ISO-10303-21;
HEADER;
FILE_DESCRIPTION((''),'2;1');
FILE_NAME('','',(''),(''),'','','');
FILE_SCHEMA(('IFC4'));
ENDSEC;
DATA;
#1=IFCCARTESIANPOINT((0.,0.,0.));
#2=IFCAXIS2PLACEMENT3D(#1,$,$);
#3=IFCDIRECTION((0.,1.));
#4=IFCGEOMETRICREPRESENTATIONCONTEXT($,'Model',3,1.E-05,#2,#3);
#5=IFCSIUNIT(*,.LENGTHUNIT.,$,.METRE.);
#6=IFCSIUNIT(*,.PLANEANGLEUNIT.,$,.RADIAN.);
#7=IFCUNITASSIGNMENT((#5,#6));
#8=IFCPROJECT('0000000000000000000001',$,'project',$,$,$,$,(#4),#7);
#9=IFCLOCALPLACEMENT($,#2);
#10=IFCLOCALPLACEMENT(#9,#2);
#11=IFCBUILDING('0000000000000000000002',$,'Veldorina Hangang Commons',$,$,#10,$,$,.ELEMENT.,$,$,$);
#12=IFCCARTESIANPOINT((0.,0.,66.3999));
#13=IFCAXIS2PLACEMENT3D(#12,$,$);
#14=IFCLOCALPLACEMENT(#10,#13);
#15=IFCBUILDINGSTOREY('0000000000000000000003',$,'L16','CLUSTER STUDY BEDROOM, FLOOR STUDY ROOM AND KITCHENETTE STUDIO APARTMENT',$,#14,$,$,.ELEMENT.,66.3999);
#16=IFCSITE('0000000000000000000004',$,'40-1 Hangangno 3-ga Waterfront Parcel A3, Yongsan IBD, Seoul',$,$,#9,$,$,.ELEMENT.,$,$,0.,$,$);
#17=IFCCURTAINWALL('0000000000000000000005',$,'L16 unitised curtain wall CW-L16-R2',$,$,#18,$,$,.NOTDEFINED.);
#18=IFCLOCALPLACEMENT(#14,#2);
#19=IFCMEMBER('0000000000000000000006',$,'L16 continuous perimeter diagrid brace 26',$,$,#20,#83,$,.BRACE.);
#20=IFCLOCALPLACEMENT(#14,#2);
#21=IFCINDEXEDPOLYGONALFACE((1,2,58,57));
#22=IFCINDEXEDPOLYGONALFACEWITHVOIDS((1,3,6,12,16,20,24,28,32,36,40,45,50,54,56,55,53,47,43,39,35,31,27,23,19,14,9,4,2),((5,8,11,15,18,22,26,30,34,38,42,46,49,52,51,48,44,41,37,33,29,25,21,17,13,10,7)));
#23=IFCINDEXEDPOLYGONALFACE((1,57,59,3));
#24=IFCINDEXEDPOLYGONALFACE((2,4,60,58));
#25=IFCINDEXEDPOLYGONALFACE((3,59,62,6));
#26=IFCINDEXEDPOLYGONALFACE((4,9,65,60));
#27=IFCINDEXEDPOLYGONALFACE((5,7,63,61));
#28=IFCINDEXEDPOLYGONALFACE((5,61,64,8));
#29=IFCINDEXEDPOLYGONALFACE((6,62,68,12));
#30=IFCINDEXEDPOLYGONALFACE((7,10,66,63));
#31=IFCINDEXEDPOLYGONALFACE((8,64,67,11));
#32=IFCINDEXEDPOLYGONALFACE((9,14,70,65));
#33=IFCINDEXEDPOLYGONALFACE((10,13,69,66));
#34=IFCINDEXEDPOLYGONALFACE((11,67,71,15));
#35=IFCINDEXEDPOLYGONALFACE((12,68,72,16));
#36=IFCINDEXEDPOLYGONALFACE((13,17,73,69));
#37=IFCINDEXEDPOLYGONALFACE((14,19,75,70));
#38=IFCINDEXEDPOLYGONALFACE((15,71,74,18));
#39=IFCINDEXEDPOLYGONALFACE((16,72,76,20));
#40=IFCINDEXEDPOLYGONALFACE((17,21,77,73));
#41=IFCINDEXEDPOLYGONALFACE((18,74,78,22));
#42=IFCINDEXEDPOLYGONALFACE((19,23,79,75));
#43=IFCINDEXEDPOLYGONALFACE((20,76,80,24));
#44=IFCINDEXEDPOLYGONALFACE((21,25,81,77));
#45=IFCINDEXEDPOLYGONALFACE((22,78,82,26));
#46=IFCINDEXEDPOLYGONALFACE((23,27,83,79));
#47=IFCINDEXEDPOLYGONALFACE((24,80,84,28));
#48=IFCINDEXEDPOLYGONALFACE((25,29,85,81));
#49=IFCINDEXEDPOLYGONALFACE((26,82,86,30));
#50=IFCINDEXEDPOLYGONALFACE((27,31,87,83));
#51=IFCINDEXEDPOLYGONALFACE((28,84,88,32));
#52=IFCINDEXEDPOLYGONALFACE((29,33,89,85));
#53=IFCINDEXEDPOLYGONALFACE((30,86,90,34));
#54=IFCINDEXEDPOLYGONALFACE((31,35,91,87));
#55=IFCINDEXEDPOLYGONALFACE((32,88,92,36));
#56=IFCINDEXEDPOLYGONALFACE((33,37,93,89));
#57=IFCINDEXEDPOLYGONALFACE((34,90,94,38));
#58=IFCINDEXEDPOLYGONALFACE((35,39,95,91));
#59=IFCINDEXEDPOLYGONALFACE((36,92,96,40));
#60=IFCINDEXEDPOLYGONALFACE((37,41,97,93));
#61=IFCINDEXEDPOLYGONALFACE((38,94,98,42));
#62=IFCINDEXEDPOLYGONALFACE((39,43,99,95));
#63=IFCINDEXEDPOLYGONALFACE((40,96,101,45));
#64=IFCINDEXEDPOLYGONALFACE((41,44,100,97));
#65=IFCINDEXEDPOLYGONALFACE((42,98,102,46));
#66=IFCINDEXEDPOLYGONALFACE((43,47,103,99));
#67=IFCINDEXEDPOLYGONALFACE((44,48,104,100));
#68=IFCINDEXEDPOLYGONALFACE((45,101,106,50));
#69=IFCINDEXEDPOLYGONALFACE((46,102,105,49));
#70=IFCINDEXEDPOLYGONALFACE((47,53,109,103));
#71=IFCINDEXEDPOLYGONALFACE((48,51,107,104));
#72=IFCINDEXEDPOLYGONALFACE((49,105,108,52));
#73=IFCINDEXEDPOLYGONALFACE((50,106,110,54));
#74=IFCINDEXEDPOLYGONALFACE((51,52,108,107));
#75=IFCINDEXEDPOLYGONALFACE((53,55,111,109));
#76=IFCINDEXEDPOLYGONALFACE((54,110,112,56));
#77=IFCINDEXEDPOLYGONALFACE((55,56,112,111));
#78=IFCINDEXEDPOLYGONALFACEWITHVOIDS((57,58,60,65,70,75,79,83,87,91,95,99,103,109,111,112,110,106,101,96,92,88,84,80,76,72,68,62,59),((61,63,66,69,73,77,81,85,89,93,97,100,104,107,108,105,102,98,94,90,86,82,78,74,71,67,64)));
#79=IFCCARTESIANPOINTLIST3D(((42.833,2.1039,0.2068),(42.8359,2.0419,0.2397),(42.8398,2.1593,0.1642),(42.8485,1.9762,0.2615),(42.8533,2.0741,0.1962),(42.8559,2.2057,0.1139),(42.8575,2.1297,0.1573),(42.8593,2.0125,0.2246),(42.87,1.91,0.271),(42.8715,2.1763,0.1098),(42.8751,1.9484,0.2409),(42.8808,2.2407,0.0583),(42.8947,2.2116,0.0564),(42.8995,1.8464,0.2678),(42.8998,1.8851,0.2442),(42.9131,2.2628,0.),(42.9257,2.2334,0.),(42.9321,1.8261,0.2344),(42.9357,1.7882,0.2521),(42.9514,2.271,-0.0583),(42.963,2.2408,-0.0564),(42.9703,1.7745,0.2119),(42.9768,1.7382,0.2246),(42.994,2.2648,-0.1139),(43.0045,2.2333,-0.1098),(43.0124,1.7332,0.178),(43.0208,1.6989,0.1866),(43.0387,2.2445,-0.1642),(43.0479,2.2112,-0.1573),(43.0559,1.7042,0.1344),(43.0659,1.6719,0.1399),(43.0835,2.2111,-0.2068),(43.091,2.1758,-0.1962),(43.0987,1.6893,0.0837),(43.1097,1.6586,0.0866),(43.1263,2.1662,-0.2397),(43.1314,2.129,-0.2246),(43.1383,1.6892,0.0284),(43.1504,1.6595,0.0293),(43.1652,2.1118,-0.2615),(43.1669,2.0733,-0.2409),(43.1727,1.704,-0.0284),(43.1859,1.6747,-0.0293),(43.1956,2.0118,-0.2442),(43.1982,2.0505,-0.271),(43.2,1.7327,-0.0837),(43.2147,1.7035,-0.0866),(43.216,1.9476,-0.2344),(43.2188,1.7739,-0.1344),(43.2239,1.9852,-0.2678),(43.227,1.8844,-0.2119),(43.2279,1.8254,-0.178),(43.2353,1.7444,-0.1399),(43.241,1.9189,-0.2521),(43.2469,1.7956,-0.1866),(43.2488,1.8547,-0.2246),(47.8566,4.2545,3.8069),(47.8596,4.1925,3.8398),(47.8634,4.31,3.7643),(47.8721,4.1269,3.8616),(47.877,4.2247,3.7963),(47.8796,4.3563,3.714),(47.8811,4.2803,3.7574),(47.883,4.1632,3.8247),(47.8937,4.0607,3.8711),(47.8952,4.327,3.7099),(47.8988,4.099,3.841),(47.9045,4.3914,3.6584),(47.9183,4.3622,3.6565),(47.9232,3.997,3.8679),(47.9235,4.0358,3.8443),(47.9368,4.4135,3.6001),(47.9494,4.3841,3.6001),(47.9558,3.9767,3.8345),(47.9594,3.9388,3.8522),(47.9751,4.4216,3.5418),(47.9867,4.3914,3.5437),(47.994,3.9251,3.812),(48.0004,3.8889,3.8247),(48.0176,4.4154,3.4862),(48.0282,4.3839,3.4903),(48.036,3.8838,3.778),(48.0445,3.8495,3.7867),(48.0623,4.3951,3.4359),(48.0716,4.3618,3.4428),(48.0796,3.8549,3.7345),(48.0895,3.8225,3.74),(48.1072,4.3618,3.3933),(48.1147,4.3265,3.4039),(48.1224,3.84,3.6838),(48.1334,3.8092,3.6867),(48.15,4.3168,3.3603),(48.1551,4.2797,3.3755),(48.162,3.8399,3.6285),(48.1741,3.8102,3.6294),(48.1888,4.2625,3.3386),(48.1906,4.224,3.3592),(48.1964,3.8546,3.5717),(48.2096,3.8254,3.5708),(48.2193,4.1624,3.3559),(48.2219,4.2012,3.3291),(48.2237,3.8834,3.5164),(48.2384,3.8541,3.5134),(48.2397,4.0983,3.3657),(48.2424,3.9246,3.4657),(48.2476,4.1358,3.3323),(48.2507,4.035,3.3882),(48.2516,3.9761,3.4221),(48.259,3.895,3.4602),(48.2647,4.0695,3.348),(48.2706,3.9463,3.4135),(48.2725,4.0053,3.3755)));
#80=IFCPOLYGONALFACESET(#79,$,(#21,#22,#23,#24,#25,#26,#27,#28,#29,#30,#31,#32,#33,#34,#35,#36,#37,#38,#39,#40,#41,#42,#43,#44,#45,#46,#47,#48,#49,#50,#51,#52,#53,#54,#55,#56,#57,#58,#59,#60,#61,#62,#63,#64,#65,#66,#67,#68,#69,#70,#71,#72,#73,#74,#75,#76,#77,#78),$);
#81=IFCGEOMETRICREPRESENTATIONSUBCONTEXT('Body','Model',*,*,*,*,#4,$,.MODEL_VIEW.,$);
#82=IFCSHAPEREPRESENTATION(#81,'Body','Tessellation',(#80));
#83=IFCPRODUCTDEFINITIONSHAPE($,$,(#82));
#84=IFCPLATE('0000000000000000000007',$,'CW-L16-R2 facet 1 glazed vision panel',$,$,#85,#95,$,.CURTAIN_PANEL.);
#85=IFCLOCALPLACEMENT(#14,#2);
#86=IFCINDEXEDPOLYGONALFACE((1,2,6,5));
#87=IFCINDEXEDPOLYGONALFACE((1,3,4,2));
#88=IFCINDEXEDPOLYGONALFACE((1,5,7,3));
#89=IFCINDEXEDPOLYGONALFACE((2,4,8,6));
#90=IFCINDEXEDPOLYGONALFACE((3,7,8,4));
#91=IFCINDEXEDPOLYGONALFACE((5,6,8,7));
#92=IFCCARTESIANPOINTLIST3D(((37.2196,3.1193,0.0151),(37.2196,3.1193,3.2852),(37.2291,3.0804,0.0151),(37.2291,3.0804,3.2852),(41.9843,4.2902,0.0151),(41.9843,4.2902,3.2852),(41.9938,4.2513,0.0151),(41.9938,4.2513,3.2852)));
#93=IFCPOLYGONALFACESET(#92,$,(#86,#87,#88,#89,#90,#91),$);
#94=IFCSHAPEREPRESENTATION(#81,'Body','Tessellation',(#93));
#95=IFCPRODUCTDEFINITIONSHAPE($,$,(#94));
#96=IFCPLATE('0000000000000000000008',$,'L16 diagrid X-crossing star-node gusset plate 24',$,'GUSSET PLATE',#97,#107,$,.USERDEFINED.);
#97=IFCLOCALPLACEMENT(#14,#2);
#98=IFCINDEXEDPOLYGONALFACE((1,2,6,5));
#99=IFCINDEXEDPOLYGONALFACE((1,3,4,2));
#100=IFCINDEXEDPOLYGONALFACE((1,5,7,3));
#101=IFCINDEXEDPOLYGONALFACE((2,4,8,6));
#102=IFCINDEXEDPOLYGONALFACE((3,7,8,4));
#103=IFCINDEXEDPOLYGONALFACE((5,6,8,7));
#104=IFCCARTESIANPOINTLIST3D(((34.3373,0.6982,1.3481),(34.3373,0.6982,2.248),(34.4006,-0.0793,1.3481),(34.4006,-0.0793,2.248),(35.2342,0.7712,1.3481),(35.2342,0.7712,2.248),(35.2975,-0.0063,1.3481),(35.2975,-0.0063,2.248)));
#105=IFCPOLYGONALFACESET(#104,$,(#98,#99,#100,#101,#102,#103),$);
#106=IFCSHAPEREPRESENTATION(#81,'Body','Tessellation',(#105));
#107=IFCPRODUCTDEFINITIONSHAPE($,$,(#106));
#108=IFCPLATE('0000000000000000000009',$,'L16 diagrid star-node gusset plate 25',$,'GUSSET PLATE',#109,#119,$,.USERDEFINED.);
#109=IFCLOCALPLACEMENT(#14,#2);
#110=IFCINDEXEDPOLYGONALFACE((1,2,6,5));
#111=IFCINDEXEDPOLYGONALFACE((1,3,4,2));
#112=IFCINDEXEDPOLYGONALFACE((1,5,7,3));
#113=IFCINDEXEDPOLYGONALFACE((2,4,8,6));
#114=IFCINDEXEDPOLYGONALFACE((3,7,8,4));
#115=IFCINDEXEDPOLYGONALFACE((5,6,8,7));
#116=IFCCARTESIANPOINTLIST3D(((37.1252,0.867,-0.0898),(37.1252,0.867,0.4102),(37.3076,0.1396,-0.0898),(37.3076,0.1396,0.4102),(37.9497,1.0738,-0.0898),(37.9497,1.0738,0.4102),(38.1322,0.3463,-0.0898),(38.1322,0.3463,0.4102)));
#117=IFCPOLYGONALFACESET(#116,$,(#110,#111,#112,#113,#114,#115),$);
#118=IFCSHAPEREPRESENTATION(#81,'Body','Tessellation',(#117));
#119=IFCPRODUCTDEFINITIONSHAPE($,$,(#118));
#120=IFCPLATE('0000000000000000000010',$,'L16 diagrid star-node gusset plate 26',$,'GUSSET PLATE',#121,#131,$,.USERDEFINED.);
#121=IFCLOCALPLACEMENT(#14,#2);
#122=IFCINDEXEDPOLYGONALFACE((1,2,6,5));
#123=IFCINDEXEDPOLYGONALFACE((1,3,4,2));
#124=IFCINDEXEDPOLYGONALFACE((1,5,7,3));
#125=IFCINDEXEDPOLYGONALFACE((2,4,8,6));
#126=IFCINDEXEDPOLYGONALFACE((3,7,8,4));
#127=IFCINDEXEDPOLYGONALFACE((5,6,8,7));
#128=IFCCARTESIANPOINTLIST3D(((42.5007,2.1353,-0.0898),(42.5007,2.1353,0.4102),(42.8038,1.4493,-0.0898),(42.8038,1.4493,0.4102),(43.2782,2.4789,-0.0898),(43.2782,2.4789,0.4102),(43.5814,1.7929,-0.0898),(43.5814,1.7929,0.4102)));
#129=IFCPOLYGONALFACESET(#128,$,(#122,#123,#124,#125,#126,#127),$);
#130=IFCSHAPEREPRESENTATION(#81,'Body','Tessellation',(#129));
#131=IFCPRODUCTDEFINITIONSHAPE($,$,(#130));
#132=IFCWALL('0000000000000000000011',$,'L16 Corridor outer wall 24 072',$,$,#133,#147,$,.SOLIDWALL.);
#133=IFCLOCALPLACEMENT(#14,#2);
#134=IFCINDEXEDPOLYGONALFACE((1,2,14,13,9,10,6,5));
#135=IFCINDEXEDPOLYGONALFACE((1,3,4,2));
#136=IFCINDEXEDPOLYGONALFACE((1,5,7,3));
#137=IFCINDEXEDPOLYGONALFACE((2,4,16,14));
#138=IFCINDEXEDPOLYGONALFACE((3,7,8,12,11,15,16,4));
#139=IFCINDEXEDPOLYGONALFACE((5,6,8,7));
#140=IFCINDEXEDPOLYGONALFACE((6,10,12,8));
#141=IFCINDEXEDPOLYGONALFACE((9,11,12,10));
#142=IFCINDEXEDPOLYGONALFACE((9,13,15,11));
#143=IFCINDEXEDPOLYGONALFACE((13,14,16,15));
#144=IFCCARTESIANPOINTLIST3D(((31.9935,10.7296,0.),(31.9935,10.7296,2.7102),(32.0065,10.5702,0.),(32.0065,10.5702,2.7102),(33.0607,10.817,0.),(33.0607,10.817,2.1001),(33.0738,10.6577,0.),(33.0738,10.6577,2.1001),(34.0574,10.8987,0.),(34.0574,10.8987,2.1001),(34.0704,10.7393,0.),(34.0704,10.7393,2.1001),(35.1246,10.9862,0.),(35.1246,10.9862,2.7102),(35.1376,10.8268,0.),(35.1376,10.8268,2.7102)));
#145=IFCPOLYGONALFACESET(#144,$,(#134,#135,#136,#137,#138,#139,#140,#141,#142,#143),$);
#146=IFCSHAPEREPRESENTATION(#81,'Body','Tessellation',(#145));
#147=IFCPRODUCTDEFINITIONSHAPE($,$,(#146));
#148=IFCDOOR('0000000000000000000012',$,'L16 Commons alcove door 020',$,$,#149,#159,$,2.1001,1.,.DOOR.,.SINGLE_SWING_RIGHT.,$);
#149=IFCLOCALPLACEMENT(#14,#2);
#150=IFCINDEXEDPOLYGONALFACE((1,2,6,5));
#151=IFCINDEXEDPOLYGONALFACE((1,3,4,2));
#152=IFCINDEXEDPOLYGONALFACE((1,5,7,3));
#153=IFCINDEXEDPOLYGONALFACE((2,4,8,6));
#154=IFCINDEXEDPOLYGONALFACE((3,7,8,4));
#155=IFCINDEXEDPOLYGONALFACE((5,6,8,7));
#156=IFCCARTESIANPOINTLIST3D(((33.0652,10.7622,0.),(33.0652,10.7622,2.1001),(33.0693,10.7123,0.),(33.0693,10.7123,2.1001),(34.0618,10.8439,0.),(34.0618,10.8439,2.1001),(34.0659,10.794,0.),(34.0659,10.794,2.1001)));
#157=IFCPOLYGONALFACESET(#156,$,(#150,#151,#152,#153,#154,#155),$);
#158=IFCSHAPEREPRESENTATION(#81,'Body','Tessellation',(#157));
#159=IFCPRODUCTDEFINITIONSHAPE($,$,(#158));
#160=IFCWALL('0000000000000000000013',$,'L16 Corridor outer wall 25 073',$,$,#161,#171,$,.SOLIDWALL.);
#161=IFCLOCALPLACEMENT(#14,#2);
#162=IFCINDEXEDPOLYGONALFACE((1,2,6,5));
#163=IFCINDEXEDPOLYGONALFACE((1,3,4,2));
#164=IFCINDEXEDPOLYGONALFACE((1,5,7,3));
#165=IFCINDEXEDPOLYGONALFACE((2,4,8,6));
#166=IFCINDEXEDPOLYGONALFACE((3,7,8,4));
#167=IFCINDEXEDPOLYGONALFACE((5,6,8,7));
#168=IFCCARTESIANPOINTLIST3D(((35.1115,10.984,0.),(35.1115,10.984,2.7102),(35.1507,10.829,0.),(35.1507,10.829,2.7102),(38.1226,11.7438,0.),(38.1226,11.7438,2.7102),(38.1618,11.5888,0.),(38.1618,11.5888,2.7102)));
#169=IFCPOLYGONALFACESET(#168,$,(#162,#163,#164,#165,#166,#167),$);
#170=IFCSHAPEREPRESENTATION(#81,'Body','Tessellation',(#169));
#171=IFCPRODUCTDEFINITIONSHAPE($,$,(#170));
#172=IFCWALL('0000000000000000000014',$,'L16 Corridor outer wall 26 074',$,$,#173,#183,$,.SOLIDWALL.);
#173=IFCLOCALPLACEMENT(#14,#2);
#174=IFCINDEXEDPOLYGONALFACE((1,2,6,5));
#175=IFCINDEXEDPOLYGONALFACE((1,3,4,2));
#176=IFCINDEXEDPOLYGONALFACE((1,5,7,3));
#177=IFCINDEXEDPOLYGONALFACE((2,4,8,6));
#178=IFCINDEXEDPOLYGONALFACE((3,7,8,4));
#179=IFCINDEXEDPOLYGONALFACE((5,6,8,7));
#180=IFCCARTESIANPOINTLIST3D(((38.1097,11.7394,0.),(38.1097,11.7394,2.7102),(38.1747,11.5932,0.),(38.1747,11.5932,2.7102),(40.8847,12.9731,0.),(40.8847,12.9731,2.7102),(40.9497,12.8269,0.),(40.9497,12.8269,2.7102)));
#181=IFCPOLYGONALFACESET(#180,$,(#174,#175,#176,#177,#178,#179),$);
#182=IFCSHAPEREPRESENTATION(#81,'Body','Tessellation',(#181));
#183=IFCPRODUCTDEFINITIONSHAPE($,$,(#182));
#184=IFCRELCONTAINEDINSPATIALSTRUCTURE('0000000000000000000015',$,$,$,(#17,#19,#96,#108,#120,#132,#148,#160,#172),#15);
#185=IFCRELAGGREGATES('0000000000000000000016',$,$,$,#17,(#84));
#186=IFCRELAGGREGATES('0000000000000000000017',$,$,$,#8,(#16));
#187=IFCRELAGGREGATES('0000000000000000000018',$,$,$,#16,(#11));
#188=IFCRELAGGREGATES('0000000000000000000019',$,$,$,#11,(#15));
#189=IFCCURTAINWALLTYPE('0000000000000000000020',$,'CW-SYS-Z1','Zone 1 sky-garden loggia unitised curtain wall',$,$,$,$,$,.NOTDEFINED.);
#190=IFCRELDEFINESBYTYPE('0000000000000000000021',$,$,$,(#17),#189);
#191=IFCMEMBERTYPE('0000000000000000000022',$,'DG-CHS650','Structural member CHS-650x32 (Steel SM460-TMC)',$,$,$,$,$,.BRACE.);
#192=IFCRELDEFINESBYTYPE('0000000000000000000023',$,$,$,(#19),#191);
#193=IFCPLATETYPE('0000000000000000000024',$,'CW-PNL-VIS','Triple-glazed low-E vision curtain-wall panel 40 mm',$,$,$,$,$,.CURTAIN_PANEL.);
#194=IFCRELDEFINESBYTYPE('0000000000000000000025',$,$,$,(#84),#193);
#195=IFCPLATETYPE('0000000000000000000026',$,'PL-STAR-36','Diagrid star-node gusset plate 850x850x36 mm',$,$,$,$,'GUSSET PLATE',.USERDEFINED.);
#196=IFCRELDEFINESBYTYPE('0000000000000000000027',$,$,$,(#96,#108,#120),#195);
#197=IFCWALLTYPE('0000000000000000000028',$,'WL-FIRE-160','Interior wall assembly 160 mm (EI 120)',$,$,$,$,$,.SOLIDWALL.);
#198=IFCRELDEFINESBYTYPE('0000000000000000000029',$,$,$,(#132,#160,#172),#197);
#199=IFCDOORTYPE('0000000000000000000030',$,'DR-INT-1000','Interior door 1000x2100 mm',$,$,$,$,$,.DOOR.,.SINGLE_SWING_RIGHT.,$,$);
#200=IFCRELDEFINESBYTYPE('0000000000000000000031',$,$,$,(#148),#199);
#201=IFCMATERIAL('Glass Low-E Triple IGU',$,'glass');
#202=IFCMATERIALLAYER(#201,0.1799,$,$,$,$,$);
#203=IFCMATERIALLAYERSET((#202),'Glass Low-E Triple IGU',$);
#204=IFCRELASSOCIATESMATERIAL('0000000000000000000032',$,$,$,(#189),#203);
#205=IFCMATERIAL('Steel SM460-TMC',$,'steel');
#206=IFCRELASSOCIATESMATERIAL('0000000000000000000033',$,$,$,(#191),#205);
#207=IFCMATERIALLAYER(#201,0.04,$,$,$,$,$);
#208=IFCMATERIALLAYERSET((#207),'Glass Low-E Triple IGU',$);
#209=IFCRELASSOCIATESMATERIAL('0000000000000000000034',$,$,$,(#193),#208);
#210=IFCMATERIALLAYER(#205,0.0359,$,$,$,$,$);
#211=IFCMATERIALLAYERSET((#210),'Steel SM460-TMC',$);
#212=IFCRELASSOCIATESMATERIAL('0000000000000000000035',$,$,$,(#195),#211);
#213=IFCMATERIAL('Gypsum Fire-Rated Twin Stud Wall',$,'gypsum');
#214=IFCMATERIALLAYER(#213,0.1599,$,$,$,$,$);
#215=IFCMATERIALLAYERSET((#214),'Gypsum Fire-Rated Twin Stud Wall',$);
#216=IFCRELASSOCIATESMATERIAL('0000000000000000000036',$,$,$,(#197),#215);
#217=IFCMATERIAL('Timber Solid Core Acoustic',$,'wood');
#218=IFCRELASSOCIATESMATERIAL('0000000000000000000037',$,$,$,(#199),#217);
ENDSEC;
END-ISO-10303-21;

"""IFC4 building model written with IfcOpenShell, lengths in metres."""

from ifc_helpers import new_model, si_unit, direction, frame, frame_2d, origin, origin_2d, place, context, subcontext, project, spatial, rectangle, hollow_circle, extrude, material, layer, layer_set, material_profile, profile_set, type_object, element, fill, aggregate, save


model = new_model("IFC4")

# Units and contexts
model_context = context("Model", 3, precision=1e-05, world=origin(), true_north=direction((0.0, 1.0)))
body_context = subcontext(model_context, "Body", "Model", "MODEL_VIEW")
ifc_project = project(units=[si_unit("LENGTHUNIT", "METRE"), si_unit("PLANEANGLEUNIT", "RADIAN")], contexts=[model_context])

# Site, building, storey
site_placement = place(None, origin())
site = spatial("IfcSite", under=ifc_project, at=site_placement, Name="40-1 Hangangno 3-ga Waterfront Parcel A3, Yongsan IBD, Seoul", CompositionType="ELEMENT", RefElevation=0.0)
building_placement = place(site_placement, origin())
building = spatial("IfcBuilding", under=site, at=building_placement, Name="Veldorina Hangang Commons", CompositionType="ELEMENT")
storey_placement = place(building_placement, frame((0.0, 0.0, 66.3999)))
storey = spatial("IfcBuildingStorey", under=building, at=storey_placement, Name="L16", Description="CLUSTER STUDY BEDROOM, FLOOR STUDY ROOM AND KITCHENETTE STUDIO APARTMENT", CompositionType="ELEMENT", Elevation=66.3999)

# Curtain wall
ifc_material_1 = material(Name="Glass Low-E Triple IGU", Category="glass")
ifc_layer_1 = layer(ifc_material_1, 0.1799)
ifc_layer_set_1 = layer_set([ifc_layer_1], Name="Glass Low-E Triple IGU")
curtain_wall_type = type_object("IfcCurtainWallType", Name="CW-SYS-Z1", Description="Zone 1 sky-garden loggia unitised curtain wall", PredefinedType="NOTDEFINED", material=ifc_layer_set_1)
curtain_wall_placement = place(storey_placement, origin())
curtain_wall = element("IfcCurtainWall", 1, at=curtain_wall_placement, inside=storey, type_object=curtain_wall_type, Name="L16 unitised curtain wall CW-L16-R2", PredefinedType="NOTDEFINED")

# Member
ifc_material_2 = material(Name="Steel SM460-TMC", Category="steel")
ifc_material_profile_1 = material_profile(ifc_material_2, hollow_circle(Radius=0.325, WallThickness=0.032, at=origin_2d()), Name="CHS-650x32")
ifc_profile_set_1 = profile_set([ifc_material_profile_1], Name="Steel SM460-TMC")
member_type_1 = type_object("IfcMemberType", Name="DG-CHS650", Description="Structural member CHS-650x32 (Steel SM460-TMC)", PredefinedType="BRACE", material=ifc_profile_set_1)
member_1_placement = place(storey_placement, frame((43.041, 1.9641, 0.0), z_axis=(0.767683, 0.328645, 0.550141), x_axis=(-0.393553, 0.919302, 0.0)))
element("IfcMember", 2, at=member_1_placement, inside=storey, type_object=member_type_1, Name="L16 continuous perimeter diagrid brace 26", PredefinedType="BRACE", context=body_context, shape_type="SweptSolid", body=[
    extrude(hollow_circle(Radius=0.325, WallThickness=0.032, at=origin_2d()), origin(), (0.0, 0.0, 1.0), 6.5439),
])

# Plate
ifc_layer_2 = layer(ifc_material_1, 0.04)
ifc_layer_set_2 = layer_set([ifc_layer_2], Name="Glass Low-E Triple IGU")
plate_type_1 = type_object("IfcPlateType", Name="CW-PNL-VIS", Description="Triple-glazed low-E vision curtain-wall panel 40 mm", PredefinedType="CURTAIN_PANEL", material=ifc_layer_set_2)
plate_1_placement = place(storey_placement, frame((39.6067, 3.6853, 0.0151), z_axis=(0.0, 0.0, 1.0), x_axis=(0.971105, 0.238652, 0.0)))
plate_1 = element("IfcPlate", 3, at=plate_1_placement, type_object=plate_type_1, Name="CW-L16-R2 facet 1 glazed vision panel", PredefinedType="CURTAIN_PANEL", context=body_context, shape_type="SweptSolid", body=[
    extrude(rectangle(XDim=4.9065, YDim=0.04, at=origin_2d()), origin(), (0.0, 0.0, 1.0), 3.27),
])
aggregate(curtain_wall, [plate_1])

# Plates
ifc_layer_3 = layer(ifc_material_2, 0.0359)
ifc_layer_set_3 = layer_set([ifc_layer_3], Name="Steel SM460-TMC")
plate_type_2 = type_object("IfcPlateType", Name="PL-STAR-36", Description="Diagrid star-node gusset plate 850x850x36 mm", ElementType="GUSSET PLATE", PredefinedType="USERDEFINED", material=ifc_layer_set_3)
plate_2_placement = place(storey_placement, frame((34.8174, 0.3459, 1.3481), z_axis=(0.0, 0.0, 1.0), x_axis=(0.996701, 0.081156, 0.0)))
element("IfcPlate", 4, at=plate_2_placement, inside=storey, type_object=plate_type_2, Name="L16 diagrid X-crossing star-node gusset plate 24", ObjectType="GUSSET PLATE", PredefinedType="USERDEFINED", context=body_context, shape_type="SweptSolid", body=[
    extrude(rectangle(XDim=0.8999, YDim=0.78, at=origin_2d()), origin(), (0.0, 0.0, 1.0), 0.8999),
])
for number, where, z_axis, x_axis, name in (
    (5, (37.6287, 0.6067, -0.0898), (0.0, 0.0, 1.0), (0.969965, 0.243243, 0.0), "L16 diagrid star-node gusset plate 25"),
    (6, (43.041, 1.9641, -0.0898), (0.0, 0.0, 1.0), (0.914678, 0.404184, 0.0), "L16 diagrid star-node gusset plate 26"),
):
    element("IfcPlate", number, at=place(storey_placement, frame(where, z_axis=z_axis, x_axis=x_axis)), inside=storey, type_object=plate_type_2, Name=name, ObjectType="GUSSET PLATE", PredefinedType="USERDEFINED", context=body_context, shape_type="SweptSolid", body=[
        extrude(rectangle(XDim=0.8501, YDim=0.75, at=origin_2d()), origin(), (0.0, 0.0, 1.0), 0.5),
    ])

# Wall, opening, door
ifc_material_3 = material(Name="Gypsum Fire-Rated Twin Stud Wall", Category="gypsum")
ifc_layer_4 = layer(ifc_material_3, 0.1599)
ifc_layer_set_4 = layer_set([ifc_layer_4], Name="Gypsum Fire-Rated Twin Stud Wall")
wall_type_1 = type_object("IfcWallType", Name="WL-FIRE-160", Description="Interior wall assembly 160 mm (EI 120)", PredefinedType="SOLIDWALL", material=ifc_layer_set_4)
wall_1_placement = place(storey_placement, frame((32.0, 10.6499, 0.0), z_axis=(0.0, 0.0, 1.0), x_axis=(0.996659, 0.081676, 0.0)))
wall_1 = element("IfcWall", 7, at=wall_1_placement, inside=storey, type_object=wall_type_1, Name="L16 Corridor outer wall 24 072", PredefinedType="SOLIDWALL", context=body_context, shape_type="SweptSolid", body=[
    extrude(rectangle(XDim=3.1416, YDim=0.1599, at=frame_2d((1.5708, 0.0))), origin(), (0.0, 0.0, 1.0), 2.7102),
])
opening_1_placement = place(wall_1_placement, frame((1.0708, 0.0, 0.0)))
opening_1 = element("IfcOpeningElement", 8, at=opening_1_placement, cuts=wall_1, PredefinedType="OPENING", context=body_context, shape_type="SweptSolid", body=[
    extrude(rectangle(XDim=1.0, YDim=2.1001, at=frame_2d((0.5, 1.05))), frame((0.0, 0.0898, 0.0), z_axis=(0.0, -1.0, 0.0), x_axis=(1.0, 0.0, 0.0)), (0.0, 0.0, 1.0), 0.1799),
])
ifc_material_4 = material(Name="Timber Solid Core Acoustic", Category="wood")
door_type_1 = type_object("IfcDoorType", Name="DR-INT-1000", Description="Interior door 1000x2100 mm", OperationType="SINGLE_SWING_RIGHT", PredefinedType="DOOR", material=ifc_material_4)
door_1_placement = place(opening_1_placement, origin())
door_1 = element("IfcDoor", 9, at=door_1_placement, inside=storey, type_object=door_type_1, Name="L16 Commons alcove door 020", OperationType="SINGLE_SWING_RIGHT", OverallHeight=2.1001, OverallWidth=1.0, PredefinedType="DOOR", context=body_context, shape_type="SweptSolid", body=[
    extrude(rectangle(XDim=1.0, YDim=2.1001, at=frame_2d((0.5, 1.05))), frame((0.0, 0.0249, 0.0), z_axis=(0.0, -1.0, 0.0), x_axis=(1.0, 0.0, 0.0)), (0.0, 0.0, 1.0), 0.05),
])
fill(opening_1, door_1)

# Walls
wall_2_placement = place(storey_placement, frame((35.1311, 10.9065, 0.0), z_axis=(0.0, 0.0, 1.0), x_axis=(0.969608, 0.244662, 0.0)))
element("IfcWall", 10, at=wall_2_placement, inside=storey, type_object=wall_type_1, Name="L16 Corridor outer wall 25 073", PredefinedType="SOLIDWALL", context=body_context, shape_type="SweptSolid", body=[
    extrude(rectangle(XDim=3.1055, YDim=0.1599, at=frame_2d((1.5527, 0.0))), origin(), (0.0, 0.0, 1.0), 2.7102),
])
wall_3_placement = place(storey_placement, frame((38.1421, 11.6663, 0.0), z_axis=(0.0, 0.0, 1.0), x_axis=(0.913768, 0.406235, 0.0)))
element("IfcWall", 11, at=wall_3_placement, inside=storey, type_object=wall_type_1, Name="L16 Corridor outer wall 26 074", PredefinedType="SOLIDWALL", context=body_context, shape_type="SweptSolid", body=[
    extrude(rectangle(XDim=3.0369, YDim=0.1599, at=frame_2d((1.5186, 0.0))), origin(), (0.0, 0.0, 1.0), 2.7102),
])

save(model, "model.ifc")
